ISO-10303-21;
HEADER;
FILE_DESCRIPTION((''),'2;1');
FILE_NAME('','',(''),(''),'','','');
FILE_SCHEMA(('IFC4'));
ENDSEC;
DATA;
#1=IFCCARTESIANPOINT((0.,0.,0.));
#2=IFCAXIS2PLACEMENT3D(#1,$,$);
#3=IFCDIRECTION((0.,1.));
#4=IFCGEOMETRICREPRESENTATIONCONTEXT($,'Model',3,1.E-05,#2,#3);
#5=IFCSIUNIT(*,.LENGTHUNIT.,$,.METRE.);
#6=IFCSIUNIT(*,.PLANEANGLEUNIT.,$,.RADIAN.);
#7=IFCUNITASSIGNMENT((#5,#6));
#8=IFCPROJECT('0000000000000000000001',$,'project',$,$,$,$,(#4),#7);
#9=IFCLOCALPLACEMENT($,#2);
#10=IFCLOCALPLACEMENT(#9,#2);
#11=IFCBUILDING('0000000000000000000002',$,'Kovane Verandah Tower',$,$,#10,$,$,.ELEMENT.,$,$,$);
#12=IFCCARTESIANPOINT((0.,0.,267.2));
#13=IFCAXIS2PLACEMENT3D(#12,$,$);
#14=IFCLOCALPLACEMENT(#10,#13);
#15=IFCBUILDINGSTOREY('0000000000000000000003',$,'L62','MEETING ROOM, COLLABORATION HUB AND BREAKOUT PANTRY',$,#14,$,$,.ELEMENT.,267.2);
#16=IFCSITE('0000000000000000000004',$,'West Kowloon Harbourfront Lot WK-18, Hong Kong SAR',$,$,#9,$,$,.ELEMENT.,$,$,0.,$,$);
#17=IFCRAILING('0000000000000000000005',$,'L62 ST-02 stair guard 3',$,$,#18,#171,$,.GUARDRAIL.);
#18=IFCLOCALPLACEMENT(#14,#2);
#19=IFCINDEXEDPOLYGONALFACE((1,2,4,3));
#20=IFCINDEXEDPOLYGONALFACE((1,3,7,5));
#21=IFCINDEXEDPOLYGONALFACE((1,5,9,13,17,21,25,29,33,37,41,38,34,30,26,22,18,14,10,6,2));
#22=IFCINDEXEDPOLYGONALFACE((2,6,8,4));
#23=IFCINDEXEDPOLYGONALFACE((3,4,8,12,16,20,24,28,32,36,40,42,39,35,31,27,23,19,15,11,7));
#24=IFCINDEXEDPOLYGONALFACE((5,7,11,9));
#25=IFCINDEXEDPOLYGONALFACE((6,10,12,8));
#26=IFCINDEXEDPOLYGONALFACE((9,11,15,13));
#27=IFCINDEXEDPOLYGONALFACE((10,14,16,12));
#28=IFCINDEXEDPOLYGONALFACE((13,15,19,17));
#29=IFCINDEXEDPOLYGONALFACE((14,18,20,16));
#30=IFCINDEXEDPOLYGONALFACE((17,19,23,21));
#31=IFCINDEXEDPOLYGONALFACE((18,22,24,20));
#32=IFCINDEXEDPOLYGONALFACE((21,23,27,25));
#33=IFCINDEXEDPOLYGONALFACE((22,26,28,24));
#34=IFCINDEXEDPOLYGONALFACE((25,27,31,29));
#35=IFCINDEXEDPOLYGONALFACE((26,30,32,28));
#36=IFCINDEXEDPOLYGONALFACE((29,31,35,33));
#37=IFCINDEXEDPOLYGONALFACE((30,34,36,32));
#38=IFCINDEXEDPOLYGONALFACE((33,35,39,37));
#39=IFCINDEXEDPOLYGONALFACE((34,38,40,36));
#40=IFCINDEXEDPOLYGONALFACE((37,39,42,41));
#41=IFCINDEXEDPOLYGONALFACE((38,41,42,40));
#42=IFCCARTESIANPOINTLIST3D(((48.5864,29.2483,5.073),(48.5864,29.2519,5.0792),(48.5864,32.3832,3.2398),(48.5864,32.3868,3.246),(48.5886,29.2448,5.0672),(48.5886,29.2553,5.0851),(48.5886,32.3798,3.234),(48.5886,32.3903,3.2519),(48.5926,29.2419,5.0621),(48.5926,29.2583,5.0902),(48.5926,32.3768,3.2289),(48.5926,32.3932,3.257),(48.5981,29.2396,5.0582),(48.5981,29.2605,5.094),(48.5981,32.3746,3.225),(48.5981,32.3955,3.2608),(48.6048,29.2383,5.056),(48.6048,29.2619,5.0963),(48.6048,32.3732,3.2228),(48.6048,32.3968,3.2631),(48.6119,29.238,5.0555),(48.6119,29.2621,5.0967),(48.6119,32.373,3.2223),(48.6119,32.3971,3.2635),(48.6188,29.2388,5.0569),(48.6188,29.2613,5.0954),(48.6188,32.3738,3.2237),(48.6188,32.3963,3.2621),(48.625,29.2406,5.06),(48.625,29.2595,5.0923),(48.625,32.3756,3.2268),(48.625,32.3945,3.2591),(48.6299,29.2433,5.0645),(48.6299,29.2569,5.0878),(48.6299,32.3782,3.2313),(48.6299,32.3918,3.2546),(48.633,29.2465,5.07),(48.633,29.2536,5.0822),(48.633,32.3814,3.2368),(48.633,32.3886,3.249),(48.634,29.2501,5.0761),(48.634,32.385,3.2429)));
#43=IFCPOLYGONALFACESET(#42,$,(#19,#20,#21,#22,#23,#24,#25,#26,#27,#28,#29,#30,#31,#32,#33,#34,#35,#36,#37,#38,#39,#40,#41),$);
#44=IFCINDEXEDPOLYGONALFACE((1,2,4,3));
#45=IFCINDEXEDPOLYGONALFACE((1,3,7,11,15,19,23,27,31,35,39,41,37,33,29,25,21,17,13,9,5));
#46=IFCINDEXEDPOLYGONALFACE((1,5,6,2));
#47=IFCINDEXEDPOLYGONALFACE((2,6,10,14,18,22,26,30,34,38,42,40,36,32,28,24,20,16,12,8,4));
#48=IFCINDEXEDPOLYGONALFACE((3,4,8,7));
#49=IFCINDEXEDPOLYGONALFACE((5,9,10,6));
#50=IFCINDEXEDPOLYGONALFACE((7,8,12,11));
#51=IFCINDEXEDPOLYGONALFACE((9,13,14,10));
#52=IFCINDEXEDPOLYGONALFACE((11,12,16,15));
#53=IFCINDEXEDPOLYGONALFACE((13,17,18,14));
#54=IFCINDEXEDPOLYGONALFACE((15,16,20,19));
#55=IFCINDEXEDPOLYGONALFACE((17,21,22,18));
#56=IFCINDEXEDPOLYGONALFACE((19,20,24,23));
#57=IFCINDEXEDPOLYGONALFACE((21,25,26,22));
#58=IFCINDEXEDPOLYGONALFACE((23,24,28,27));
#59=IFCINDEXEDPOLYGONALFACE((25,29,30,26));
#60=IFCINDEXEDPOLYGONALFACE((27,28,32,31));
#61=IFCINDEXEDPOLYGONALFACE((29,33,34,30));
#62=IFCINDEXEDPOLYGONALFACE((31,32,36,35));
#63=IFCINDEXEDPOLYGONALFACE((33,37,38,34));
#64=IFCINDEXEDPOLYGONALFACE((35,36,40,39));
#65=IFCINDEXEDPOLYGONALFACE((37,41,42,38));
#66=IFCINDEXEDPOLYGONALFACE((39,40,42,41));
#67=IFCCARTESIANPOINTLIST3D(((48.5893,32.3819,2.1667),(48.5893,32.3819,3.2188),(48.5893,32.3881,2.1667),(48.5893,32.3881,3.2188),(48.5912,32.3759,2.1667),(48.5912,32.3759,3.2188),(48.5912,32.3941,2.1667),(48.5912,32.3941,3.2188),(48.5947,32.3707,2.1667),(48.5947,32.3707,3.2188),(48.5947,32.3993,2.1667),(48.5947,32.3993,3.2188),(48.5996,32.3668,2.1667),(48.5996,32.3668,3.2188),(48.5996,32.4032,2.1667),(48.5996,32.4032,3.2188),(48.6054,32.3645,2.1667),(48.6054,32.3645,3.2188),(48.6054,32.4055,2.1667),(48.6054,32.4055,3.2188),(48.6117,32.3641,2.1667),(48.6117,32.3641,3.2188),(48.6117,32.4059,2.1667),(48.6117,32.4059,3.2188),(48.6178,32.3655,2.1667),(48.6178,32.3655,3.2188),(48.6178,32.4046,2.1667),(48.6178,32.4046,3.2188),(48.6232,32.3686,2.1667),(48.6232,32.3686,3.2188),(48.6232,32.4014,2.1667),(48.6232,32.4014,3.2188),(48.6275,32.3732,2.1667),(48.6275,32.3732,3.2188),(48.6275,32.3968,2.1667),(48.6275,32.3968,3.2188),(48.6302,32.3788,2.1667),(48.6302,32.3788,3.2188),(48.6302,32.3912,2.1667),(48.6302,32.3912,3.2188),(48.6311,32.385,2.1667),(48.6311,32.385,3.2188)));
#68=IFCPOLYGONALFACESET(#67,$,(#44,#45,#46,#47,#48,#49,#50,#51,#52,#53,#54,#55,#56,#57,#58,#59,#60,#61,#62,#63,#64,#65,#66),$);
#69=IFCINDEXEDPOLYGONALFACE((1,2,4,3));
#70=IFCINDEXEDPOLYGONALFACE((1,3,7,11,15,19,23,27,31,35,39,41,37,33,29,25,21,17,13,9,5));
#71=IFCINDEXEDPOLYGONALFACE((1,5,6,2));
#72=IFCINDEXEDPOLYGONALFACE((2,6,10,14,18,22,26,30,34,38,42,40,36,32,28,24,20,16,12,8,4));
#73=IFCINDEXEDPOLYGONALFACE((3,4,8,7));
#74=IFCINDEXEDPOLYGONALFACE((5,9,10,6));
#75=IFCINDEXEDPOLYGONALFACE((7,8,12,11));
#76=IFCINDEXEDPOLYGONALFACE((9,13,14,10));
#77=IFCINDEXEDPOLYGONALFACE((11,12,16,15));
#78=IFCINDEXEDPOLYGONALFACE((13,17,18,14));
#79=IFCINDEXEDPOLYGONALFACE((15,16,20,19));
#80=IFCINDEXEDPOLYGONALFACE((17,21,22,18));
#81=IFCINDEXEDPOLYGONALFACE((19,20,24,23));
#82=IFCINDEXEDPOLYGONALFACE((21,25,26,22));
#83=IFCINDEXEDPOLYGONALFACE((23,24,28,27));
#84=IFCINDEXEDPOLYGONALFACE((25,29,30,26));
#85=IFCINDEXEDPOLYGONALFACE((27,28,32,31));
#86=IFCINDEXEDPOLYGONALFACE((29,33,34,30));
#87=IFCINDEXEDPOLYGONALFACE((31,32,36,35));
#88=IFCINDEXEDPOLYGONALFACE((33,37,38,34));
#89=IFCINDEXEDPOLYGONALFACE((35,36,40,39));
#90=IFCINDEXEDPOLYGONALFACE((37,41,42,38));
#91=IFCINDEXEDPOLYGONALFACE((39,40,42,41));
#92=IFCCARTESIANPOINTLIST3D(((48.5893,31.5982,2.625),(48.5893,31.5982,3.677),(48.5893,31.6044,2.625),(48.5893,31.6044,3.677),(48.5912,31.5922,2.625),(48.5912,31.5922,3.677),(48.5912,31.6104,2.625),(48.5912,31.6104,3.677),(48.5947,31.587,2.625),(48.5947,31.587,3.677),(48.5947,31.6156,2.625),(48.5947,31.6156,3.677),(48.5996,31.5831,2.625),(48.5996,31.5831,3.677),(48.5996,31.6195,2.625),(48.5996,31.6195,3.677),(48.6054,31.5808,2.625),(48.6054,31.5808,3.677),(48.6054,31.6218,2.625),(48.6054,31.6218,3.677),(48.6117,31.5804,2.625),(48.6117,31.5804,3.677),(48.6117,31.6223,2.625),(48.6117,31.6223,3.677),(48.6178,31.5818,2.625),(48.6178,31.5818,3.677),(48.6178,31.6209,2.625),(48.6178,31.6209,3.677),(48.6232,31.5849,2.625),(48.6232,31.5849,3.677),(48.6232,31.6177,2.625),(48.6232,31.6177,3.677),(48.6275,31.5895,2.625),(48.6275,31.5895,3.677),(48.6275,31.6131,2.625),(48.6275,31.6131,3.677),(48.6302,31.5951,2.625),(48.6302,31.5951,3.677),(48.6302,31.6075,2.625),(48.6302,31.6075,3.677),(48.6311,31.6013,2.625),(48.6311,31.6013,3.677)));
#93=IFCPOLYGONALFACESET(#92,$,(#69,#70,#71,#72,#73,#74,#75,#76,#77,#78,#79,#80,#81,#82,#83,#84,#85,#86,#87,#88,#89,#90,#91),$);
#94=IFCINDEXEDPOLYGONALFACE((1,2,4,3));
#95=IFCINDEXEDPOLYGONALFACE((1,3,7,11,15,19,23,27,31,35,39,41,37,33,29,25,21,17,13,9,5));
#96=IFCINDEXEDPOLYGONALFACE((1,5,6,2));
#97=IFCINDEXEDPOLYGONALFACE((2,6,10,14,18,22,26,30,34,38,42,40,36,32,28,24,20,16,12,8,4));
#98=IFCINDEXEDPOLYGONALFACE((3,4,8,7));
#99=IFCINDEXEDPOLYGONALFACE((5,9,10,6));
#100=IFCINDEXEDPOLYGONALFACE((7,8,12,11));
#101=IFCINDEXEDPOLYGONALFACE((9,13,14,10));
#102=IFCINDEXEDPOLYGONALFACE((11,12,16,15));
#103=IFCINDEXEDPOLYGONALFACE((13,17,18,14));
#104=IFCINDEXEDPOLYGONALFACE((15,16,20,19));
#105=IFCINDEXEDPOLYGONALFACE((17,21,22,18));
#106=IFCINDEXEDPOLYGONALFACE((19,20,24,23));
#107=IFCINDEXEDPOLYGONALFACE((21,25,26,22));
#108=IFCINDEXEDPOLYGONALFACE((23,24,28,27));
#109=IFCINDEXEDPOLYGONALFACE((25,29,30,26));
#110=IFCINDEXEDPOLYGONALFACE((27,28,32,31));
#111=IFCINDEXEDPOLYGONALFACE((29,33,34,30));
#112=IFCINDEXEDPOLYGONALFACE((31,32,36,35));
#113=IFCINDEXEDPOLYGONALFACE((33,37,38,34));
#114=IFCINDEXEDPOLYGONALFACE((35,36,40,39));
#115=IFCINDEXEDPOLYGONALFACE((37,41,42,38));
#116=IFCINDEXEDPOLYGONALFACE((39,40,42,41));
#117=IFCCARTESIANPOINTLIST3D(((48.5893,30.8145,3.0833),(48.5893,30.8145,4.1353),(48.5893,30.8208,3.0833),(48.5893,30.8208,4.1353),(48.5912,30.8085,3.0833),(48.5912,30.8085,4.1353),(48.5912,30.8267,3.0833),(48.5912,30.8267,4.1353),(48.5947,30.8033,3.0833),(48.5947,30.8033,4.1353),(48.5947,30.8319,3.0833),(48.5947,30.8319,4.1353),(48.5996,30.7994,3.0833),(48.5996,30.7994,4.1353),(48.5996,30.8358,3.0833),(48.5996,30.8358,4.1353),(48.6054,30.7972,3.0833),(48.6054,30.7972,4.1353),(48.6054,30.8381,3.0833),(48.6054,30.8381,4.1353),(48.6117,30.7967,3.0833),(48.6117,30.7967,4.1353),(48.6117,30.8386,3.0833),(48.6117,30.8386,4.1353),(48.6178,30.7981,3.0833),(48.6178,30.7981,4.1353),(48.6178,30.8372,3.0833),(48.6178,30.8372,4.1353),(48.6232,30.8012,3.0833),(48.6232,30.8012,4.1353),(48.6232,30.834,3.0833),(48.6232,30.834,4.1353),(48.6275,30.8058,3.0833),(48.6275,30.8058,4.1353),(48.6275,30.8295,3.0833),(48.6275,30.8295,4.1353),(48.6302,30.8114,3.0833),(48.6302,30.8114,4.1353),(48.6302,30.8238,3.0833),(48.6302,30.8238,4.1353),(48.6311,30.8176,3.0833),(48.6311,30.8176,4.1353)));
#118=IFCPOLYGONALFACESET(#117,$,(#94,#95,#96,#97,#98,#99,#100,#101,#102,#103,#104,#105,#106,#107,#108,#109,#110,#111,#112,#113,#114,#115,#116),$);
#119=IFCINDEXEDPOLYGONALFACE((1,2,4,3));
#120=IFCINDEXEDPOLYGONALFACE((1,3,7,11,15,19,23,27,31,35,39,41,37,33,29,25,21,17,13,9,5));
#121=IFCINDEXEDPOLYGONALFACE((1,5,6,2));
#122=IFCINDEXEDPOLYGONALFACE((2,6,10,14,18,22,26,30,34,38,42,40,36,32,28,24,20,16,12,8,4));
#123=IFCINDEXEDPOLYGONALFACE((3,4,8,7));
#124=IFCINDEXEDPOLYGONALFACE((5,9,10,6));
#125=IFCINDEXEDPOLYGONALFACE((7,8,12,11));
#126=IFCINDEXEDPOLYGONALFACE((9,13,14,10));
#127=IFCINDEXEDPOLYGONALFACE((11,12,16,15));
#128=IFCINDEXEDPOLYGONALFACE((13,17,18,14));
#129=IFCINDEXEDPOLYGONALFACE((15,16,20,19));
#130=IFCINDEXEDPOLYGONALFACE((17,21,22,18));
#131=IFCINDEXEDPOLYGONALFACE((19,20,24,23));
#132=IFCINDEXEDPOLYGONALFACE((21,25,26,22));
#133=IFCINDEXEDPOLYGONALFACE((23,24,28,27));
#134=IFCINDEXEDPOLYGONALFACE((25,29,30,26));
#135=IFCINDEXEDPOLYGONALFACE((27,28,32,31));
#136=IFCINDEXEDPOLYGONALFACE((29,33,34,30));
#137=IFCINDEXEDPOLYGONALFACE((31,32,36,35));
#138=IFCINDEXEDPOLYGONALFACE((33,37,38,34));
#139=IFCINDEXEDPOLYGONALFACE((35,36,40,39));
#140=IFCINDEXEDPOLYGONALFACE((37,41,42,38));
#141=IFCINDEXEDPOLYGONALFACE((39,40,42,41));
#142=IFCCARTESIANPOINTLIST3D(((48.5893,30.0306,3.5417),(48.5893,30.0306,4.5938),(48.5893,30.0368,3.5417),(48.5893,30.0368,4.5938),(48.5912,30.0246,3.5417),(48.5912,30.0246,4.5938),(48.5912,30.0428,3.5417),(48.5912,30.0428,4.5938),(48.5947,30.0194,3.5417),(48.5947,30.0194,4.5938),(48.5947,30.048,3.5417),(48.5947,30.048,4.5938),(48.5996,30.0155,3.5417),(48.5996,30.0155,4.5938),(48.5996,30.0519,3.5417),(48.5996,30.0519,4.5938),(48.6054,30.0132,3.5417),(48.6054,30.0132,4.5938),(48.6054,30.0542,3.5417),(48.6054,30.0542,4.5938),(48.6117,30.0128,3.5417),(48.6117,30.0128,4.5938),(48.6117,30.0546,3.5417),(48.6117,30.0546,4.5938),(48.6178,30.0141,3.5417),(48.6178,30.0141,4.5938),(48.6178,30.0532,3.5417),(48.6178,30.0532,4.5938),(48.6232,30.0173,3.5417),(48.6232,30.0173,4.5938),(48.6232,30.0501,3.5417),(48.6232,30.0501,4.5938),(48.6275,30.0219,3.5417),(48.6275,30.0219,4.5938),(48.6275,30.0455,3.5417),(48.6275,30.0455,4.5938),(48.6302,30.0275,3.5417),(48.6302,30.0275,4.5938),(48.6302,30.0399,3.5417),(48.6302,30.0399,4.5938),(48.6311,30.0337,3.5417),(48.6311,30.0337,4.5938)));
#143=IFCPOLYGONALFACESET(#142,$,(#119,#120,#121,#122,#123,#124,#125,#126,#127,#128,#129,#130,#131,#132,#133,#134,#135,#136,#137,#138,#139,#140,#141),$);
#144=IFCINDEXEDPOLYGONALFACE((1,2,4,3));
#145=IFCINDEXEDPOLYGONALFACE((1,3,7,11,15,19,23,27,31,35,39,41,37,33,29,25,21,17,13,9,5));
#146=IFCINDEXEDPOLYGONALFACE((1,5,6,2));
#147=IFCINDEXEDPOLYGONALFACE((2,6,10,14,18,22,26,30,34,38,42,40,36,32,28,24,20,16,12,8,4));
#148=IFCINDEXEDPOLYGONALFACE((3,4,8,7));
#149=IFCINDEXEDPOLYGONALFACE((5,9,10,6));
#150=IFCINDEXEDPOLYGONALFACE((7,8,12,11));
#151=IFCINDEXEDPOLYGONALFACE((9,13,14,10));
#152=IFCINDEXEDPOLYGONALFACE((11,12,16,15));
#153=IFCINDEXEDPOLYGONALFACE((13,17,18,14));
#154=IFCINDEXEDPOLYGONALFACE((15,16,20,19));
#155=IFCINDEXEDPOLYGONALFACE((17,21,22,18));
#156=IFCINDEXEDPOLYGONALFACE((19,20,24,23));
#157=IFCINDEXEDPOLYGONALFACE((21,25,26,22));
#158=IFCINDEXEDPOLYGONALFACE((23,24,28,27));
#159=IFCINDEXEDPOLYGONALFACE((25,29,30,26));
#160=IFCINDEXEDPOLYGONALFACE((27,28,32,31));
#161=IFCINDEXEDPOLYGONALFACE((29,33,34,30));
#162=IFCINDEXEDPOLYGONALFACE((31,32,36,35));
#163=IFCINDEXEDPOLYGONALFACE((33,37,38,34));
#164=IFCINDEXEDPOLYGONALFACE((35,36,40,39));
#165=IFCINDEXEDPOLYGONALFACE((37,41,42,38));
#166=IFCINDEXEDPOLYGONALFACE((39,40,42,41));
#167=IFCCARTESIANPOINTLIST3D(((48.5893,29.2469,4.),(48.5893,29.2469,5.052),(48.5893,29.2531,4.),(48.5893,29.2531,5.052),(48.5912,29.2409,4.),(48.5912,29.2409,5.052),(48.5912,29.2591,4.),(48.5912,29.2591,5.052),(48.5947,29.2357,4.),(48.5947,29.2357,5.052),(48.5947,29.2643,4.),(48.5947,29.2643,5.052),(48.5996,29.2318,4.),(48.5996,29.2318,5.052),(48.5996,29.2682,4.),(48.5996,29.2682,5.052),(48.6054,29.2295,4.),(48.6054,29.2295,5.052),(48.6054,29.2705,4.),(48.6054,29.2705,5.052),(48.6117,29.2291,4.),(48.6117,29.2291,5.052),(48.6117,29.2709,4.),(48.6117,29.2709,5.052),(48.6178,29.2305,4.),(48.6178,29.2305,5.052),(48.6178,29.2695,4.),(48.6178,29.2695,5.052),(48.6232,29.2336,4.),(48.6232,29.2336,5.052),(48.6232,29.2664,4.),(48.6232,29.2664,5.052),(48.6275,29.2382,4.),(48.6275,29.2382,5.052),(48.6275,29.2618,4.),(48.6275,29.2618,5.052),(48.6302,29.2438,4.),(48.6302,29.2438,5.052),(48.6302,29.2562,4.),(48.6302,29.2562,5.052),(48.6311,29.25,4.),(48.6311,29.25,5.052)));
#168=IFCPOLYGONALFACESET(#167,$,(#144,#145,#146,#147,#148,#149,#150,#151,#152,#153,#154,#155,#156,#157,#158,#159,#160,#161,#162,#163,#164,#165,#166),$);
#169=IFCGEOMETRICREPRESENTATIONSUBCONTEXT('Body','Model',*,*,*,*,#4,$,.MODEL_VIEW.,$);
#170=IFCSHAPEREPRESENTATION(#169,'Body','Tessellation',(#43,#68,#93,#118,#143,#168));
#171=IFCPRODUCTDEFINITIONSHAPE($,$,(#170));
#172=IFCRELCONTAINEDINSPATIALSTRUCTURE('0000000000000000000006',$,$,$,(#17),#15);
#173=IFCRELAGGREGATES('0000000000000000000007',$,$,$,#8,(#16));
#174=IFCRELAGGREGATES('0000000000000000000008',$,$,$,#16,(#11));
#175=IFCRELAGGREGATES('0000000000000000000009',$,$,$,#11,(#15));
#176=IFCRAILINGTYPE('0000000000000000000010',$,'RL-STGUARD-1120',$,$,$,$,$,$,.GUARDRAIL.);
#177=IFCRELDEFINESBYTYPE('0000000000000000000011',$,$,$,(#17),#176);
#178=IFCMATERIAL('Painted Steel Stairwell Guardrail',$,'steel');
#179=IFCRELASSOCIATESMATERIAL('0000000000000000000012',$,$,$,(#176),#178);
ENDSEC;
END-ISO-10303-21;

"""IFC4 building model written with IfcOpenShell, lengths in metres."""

from ifc_helpers import new_model, si_unit, direction, frame, origin, origin_2d, place, context, subcontext, project, spatial, circle, extrude, material, type_object, element, save


model = new_model("IFC4")

# Units and contexts
model_context = context("Model", 3, precision=1e-05, world=origin(), true_north=direction((0.0, 1.0)))
body_context = subcontext(model_context, "Body", "Model", "MODEL_VIEW")
ifc_project = project(units=[si_unit("LENGTHUNIT", "METRE"), si_unit("PLANEANGLEUNIT", "RADIAN")], contexts=[model_context])

# Site, building, storey
site_placement = place(None, origin())
site = spatial("IfcSite", under=ifc_project, at=site_placement, Name="West Kowloon Harbourfront Lot WK-18, Hong Kong SAR", CompositionType="ELEMENT", RefElevation=0.0)
building_placement = place(site_placement, origin())
building = spatial("IfcBuilding", under=site, at=building_placement, Name="Kovane Verandah Tower", CompositionType="ELEMENT")
storey_placement = place(building_placement, frame((0.0, 0.0, 267.2)))
storey = spatial("IfcBuildingStorey", under=building, at=storey_placement, Name="L62", Description="MEETING ROOM, COLLABORATION HUB AND BREAKOUT PANTRY", CompositionType="ELEMENT", Elevation=267.2)

# Railing
ifc_material_1 = material(Name="Painted Steel Stairwell Guardrail", Category="steel")
railing_type_1 = type_object("IfcRailingType", Name="RL-STGUARD-1120", PredefinedType="GUARDRAIL", material=ifc_material_1)
railing_1_placement = place(storey_placement, frame((48.6101, 32.385, 2.1667)))
element("IfcRailing", 1, at=railing_1_placement, inside=storey, type_object=railing_type_1, Name="L62 ST-02 stair guard 3", PredefinedType="GUARDRAIL", context=body_context, shape_type="SweptSolid", body=[
    extrude(circle(Radius=0.0239, at=origin_2d()), frame((0.0, 0.0, 1.0762), z_axis=(0.0, -0.86324, 0.504794), x_axis=(1.0, 0.0, 0.0)), (0.0, 0.0, 1.0), 3.6316),
    extrude(circle(Radius=0.021, at=origin_2d()), origin(), (0.0, 0.0, 1.0), 1.052),
    extrude(circle(Radius=0.021, at=origin_2d()), frame((0.0, -0.7837, 0.4583)), (0.0, 0.0, 1.0), 1.052),
    extrude(circle(Radius=0.021, at=origin_2d()), frame((0.0, -1.5674, 0.9165)), (0.0, 0.0, 1.0), 1.052),
    extrude(circle(Radius=0.021, at=origin_2d()), frame((0.0, -2.3513, 1.375)), (0.0, 0.0, 1.0), 1.052),
    extrude(circle(Radius=0.021, at=origin_2d()), frame((0.0, -3.135, 1.8333)), (0.0, 0.0, 1.0), 1.052),
])

save(model, "model.ifc")
